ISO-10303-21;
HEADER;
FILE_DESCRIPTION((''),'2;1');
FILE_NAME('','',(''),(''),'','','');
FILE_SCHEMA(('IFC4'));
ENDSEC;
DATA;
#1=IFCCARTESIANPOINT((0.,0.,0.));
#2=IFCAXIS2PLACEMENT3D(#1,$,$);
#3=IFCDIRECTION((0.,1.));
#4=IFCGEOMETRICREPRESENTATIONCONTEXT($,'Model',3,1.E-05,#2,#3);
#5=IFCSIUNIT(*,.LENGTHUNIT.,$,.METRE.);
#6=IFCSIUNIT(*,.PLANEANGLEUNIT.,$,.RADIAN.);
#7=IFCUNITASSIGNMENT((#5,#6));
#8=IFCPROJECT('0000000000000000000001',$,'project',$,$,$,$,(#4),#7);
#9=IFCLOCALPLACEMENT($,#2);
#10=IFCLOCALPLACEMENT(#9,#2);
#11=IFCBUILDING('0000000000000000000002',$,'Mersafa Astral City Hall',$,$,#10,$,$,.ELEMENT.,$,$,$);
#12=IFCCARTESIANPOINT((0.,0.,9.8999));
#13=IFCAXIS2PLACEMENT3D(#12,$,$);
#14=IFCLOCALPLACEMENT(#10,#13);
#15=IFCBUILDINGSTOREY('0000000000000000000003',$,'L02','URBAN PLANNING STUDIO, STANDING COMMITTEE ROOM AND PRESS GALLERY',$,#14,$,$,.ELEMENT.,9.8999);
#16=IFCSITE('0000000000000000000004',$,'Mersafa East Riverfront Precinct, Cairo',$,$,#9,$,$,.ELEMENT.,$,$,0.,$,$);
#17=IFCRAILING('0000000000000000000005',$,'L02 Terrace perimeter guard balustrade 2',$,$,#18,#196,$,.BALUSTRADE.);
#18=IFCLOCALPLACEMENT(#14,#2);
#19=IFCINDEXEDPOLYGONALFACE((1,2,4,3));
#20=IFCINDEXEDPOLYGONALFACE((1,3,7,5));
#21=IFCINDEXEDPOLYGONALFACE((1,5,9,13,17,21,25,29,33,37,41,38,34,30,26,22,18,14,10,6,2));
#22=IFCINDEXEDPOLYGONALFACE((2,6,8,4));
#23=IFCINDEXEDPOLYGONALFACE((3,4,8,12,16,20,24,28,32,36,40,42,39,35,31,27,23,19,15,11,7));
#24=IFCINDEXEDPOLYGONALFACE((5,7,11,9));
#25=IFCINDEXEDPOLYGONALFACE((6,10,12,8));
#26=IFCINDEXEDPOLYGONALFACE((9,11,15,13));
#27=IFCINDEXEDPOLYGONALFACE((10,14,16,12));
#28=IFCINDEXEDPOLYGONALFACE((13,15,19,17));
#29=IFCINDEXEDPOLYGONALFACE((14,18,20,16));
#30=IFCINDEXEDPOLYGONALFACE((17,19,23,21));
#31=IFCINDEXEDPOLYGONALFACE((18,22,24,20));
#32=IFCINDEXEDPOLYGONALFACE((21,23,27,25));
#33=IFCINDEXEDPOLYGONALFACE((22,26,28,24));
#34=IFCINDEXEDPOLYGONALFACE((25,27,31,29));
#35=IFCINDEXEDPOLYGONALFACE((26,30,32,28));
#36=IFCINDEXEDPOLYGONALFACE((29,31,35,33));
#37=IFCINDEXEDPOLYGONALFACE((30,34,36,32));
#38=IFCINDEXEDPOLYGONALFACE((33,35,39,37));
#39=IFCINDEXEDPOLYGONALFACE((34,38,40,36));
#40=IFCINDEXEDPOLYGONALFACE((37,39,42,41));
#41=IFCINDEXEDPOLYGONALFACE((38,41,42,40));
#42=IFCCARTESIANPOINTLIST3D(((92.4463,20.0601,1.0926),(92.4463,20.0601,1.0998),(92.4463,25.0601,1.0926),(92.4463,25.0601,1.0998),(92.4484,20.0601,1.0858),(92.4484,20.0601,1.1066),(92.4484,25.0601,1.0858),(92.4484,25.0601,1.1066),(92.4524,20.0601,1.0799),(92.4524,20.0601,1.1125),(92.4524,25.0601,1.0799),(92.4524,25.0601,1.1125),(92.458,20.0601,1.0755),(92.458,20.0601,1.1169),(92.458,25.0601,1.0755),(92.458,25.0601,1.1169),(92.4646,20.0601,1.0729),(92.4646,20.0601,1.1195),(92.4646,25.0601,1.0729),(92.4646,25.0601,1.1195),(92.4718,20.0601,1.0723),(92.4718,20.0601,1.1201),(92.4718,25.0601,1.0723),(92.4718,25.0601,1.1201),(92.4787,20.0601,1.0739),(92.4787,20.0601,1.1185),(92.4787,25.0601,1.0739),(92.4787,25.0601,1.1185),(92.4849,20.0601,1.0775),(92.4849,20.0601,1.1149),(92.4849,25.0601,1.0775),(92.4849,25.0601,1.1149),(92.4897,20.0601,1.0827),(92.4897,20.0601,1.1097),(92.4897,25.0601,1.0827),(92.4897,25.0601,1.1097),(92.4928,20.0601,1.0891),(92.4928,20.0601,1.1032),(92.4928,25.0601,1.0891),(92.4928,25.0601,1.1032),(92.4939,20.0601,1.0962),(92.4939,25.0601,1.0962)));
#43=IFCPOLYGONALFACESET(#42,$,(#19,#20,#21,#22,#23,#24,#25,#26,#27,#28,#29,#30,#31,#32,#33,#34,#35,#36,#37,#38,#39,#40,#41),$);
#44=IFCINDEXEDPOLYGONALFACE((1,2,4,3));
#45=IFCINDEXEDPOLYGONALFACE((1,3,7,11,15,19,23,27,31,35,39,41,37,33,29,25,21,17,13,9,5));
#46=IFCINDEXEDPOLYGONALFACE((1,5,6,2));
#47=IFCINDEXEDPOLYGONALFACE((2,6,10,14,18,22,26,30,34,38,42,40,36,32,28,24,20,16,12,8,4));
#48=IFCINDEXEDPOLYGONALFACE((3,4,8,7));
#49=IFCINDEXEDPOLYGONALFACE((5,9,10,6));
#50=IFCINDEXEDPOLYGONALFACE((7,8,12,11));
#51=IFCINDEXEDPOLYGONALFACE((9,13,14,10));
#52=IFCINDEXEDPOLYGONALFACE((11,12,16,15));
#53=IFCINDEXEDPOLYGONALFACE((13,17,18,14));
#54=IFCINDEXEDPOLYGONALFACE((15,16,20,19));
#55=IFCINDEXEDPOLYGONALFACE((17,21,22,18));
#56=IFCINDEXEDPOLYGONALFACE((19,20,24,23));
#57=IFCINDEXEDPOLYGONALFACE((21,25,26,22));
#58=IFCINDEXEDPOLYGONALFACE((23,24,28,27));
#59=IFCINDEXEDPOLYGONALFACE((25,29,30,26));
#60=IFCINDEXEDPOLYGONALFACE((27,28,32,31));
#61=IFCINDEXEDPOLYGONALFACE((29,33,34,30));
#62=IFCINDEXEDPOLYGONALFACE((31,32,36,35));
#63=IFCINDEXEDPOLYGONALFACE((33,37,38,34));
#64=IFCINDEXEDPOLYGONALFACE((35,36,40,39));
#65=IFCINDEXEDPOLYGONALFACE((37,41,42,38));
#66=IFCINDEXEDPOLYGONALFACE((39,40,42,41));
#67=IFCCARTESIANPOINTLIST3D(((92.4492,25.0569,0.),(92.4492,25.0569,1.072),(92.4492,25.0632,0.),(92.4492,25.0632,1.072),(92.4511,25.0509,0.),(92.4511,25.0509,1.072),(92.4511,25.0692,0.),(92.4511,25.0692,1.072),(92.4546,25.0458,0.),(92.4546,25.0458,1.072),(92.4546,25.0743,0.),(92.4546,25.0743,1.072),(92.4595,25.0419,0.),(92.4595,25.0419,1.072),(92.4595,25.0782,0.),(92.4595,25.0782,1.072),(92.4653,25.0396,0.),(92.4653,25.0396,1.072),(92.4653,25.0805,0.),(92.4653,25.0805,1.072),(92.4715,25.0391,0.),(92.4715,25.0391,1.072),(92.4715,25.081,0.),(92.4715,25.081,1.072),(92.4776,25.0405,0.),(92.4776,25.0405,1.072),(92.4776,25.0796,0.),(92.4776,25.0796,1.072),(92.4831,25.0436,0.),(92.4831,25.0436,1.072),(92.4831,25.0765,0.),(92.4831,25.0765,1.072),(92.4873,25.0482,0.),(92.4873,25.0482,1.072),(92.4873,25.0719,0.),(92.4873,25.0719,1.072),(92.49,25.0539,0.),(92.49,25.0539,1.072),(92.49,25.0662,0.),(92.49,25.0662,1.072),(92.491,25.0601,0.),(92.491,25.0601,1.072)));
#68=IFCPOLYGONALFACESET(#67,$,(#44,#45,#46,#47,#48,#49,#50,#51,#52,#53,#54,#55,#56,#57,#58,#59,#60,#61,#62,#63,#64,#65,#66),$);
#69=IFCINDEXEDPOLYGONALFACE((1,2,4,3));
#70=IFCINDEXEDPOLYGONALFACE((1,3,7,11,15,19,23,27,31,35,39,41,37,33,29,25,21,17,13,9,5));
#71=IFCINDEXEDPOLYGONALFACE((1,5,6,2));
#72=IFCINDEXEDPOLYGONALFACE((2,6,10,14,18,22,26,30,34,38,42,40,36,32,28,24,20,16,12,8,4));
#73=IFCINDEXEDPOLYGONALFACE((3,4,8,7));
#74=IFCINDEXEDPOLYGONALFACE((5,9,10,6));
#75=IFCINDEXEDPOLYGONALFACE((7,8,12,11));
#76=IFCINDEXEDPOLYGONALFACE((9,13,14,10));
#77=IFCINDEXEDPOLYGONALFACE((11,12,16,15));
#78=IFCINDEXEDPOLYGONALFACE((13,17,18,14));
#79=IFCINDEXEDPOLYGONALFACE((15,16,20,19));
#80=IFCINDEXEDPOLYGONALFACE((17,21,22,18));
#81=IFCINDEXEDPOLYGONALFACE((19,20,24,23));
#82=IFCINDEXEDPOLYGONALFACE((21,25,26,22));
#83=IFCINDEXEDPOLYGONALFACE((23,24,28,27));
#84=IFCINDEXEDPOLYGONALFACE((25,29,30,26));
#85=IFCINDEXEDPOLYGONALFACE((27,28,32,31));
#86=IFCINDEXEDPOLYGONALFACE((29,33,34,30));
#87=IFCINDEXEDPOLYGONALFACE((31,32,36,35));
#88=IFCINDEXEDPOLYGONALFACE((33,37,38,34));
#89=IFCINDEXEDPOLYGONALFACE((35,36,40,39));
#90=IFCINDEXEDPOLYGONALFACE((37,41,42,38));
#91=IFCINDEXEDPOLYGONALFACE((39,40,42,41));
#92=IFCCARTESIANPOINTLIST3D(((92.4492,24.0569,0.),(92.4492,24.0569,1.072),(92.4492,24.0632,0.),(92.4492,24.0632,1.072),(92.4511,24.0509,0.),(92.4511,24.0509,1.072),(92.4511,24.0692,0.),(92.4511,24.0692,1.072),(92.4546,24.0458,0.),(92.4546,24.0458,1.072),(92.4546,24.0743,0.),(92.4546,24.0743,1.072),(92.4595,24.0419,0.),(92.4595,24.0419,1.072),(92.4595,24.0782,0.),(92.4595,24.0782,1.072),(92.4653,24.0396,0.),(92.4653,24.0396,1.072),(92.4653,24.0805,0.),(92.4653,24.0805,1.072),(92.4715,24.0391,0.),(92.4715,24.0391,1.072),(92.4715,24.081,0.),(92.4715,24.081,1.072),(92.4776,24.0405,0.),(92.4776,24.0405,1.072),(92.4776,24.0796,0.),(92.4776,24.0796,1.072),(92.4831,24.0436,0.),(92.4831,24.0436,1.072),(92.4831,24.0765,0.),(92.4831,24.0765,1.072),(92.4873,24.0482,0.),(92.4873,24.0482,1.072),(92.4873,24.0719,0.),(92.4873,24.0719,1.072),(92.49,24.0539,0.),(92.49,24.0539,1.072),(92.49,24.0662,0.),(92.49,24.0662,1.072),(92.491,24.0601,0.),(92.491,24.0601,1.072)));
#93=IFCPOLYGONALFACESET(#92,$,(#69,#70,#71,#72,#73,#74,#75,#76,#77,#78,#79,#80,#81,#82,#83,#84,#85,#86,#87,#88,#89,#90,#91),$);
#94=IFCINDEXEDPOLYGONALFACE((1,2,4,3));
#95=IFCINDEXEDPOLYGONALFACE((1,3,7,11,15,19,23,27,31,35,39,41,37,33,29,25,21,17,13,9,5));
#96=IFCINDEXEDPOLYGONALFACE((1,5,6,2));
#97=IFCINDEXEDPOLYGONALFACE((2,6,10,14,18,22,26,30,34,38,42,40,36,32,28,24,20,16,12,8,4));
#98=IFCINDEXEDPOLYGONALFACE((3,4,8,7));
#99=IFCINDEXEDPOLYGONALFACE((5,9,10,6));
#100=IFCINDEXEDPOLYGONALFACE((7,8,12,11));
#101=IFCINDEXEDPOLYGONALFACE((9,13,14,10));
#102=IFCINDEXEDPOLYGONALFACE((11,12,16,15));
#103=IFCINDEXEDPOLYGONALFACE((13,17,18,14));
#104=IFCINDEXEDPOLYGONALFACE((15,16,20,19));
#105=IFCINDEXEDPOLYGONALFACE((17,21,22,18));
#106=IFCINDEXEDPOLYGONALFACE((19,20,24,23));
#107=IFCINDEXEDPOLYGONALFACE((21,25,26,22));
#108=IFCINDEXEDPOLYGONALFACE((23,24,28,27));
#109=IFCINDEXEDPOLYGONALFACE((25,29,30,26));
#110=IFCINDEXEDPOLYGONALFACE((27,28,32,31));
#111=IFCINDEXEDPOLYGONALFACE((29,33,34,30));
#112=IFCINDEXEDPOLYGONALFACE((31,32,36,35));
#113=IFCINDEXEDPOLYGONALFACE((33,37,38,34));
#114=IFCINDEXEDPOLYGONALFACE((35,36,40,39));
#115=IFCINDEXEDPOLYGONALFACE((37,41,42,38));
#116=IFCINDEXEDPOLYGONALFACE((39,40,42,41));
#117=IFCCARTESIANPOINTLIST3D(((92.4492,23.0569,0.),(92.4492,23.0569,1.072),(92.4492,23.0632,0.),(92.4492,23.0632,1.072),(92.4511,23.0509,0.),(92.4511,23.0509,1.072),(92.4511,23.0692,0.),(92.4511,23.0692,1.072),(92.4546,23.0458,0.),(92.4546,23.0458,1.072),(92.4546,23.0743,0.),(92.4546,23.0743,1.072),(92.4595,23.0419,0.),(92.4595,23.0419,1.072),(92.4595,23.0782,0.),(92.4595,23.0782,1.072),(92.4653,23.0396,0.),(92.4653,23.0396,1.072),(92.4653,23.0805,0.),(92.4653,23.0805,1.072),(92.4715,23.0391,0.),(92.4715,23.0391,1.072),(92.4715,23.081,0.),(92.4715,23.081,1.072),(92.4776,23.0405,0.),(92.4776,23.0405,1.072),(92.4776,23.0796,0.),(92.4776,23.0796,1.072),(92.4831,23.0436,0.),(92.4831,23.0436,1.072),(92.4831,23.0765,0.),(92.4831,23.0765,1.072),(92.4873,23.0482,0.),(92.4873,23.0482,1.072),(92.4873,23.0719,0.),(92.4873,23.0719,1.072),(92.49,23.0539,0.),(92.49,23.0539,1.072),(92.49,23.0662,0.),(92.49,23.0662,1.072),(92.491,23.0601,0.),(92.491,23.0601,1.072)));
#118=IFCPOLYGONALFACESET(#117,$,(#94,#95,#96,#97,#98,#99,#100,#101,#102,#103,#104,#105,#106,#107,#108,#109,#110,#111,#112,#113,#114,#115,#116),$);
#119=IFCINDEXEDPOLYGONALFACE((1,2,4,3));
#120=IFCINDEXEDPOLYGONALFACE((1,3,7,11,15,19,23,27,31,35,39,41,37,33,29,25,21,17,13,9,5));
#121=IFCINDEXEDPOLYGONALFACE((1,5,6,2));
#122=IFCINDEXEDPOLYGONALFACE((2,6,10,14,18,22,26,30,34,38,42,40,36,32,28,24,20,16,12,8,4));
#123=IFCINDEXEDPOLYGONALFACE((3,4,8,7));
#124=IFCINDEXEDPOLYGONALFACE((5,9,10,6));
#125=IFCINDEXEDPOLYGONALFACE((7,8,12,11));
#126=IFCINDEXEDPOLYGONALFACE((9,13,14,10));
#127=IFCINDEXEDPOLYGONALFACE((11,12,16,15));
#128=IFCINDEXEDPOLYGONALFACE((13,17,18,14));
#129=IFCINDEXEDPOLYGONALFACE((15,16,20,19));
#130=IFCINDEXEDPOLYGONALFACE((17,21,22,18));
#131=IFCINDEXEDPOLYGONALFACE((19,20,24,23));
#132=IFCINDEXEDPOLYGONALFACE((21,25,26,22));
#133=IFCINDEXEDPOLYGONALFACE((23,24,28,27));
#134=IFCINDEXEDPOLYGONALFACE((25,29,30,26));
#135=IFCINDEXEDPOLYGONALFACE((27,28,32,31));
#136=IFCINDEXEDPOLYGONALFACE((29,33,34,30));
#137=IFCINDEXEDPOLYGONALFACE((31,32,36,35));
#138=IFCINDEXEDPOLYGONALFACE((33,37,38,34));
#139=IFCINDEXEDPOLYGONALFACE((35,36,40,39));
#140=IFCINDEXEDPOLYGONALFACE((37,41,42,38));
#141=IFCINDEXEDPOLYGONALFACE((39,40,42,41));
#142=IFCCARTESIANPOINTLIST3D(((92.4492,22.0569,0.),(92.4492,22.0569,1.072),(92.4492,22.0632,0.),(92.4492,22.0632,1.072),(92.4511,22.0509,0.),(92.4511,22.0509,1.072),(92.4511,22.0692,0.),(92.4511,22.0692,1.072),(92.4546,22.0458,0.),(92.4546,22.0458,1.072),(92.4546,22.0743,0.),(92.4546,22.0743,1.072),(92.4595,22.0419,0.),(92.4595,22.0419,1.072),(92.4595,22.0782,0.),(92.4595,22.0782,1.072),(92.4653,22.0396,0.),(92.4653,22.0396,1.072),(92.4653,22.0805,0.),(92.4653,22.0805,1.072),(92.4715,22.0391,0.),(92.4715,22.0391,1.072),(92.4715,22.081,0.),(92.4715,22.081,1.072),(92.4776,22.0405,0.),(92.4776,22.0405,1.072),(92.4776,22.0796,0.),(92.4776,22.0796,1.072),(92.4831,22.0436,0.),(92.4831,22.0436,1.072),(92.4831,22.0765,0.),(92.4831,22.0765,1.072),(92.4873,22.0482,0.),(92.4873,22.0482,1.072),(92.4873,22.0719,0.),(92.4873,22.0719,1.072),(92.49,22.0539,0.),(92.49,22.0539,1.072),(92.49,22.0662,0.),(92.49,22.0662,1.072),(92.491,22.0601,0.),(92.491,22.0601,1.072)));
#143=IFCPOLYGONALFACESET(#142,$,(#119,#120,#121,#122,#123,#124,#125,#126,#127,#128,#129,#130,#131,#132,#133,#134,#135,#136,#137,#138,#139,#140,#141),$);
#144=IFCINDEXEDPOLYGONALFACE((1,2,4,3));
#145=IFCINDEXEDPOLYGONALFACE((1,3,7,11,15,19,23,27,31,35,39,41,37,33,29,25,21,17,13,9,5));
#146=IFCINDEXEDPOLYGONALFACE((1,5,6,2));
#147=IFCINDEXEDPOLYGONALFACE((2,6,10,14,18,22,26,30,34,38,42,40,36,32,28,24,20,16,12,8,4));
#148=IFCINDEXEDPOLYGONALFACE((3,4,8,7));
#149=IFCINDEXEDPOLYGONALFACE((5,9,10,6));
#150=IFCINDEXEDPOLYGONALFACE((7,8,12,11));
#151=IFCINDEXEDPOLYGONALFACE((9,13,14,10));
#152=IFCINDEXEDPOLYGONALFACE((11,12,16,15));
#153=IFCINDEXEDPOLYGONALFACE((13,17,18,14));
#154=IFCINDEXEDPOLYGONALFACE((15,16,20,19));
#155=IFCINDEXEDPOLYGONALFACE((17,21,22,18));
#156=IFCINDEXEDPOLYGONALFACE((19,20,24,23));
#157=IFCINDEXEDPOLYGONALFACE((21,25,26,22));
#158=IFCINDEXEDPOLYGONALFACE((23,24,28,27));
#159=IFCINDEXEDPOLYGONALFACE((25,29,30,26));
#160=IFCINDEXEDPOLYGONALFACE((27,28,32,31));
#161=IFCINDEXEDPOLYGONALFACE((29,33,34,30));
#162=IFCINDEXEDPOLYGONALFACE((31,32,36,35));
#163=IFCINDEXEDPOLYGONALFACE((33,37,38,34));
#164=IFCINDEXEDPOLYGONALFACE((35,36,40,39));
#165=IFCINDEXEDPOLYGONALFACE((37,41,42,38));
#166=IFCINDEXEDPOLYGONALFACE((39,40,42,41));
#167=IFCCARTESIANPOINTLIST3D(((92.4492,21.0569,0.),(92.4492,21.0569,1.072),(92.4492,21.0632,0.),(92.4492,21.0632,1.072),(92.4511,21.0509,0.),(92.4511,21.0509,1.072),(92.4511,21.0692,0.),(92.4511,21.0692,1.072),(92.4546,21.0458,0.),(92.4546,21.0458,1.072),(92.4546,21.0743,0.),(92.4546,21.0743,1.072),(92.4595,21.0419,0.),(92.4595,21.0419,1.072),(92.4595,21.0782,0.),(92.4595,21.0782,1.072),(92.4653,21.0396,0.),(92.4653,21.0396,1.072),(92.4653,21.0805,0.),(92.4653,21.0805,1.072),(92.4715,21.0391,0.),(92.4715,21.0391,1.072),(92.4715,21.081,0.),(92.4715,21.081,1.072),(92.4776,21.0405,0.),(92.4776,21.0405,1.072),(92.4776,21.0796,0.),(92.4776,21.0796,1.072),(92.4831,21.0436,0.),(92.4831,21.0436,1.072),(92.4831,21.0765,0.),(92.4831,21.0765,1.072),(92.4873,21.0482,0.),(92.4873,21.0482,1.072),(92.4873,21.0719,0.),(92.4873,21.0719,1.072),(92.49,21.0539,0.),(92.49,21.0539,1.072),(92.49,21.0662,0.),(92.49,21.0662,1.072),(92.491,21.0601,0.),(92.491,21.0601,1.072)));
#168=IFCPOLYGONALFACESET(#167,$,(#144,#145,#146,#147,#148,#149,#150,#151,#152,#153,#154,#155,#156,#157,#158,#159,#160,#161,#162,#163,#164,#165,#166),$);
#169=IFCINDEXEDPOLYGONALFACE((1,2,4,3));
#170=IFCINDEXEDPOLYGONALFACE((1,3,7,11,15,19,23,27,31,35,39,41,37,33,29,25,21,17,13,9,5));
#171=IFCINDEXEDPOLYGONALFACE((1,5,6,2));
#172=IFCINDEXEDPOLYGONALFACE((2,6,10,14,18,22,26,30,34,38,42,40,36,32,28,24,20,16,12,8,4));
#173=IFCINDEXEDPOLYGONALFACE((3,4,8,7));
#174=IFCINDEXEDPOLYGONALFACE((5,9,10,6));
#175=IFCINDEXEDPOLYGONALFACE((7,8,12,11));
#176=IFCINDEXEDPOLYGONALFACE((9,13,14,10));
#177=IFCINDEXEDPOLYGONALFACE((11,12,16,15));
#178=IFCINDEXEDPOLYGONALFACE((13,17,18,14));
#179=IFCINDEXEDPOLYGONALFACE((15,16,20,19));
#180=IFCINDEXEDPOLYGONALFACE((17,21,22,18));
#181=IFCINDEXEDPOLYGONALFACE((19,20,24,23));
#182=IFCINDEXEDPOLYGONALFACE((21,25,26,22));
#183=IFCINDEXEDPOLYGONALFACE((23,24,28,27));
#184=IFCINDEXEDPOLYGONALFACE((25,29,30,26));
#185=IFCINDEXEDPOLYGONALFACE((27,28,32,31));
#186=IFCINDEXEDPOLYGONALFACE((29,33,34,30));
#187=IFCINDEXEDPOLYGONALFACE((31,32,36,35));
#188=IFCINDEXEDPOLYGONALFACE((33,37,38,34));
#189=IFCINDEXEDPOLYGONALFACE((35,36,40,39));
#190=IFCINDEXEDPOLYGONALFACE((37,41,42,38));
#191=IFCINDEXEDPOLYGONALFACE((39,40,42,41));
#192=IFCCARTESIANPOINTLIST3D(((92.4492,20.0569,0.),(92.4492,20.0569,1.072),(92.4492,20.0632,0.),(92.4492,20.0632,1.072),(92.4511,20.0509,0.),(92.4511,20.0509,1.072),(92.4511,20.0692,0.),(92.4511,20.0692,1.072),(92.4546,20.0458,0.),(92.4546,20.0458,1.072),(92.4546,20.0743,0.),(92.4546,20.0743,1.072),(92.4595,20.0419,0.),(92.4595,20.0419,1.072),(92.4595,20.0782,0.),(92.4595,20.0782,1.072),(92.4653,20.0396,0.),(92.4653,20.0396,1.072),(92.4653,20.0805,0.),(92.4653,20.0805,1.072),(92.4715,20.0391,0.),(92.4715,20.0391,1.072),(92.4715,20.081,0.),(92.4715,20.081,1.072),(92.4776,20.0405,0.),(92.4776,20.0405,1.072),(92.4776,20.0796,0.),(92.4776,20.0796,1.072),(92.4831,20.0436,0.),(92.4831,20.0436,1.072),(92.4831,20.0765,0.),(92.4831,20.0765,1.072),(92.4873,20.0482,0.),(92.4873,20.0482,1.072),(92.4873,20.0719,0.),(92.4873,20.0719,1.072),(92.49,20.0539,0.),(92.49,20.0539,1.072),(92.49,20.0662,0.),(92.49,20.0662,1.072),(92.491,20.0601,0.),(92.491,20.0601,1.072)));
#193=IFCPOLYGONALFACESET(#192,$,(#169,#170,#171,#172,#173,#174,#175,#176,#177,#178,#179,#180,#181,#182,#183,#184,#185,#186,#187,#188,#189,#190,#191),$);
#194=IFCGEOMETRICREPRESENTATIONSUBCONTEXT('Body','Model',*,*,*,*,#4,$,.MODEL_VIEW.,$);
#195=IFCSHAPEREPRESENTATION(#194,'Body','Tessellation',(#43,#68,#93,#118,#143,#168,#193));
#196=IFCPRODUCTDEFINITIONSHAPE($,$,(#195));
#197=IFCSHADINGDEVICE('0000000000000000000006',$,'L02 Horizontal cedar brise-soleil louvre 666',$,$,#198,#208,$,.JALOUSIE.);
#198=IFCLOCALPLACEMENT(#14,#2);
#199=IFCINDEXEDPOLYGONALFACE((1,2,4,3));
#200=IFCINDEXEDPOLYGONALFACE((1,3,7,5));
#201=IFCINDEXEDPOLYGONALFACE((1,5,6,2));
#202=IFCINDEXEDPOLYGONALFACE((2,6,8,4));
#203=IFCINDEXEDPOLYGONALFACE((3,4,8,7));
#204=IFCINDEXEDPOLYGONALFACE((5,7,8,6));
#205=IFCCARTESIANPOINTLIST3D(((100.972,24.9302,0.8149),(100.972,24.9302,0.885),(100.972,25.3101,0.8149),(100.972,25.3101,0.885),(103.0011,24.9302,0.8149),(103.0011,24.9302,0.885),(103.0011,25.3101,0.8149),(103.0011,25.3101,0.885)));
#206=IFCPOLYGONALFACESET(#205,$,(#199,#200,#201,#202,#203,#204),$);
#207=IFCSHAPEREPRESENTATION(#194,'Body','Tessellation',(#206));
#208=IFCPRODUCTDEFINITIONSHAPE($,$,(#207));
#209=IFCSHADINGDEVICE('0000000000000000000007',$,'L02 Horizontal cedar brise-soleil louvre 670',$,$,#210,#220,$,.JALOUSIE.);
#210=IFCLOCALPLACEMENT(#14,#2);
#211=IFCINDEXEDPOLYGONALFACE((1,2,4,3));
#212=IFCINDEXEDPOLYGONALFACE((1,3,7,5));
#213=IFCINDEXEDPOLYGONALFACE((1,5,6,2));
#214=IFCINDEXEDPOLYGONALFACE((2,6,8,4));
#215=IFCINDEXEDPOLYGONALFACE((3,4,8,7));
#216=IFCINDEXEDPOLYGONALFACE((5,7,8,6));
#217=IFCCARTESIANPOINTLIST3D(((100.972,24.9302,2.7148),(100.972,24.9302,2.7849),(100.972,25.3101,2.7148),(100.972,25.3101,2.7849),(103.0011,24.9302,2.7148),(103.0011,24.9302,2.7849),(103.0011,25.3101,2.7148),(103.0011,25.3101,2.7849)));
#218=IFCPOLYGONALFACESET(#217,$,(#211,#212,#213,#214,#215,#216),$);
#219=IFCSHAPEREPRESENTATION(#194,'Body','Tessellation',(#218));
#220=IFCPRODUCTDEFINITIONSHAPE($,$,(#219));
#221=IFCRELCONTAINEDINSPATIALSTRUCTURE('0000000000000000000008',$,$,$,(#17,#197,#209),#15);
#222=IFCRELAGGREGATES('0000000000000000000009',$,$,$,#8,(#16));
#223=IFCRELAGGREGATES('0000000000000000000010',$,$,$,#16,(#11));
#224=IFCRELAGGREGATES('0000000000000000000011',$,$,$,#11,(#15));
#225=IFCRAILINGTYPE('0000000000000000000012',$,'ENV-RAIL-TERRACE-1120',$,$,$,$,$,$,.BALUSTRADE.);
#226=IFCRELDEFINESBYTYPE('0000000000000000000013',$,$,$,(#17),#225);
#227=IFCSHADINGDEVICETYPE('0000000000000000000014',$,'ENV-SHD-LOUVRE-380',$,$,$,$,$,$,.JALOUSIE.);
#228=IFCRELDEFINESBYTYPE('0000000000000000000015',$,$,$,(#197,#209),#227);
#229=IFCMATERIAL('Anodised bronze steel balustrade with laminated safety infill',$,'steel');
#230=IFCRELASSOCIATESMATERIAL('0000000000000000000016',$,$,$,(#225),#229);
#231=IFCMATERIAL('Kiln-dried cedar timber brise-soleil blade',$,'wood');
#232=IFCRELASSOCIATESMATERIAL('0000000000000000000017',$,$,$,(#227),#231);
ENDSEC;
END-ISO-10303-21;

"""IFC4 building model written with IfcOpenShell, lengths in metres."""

from ifc_helpers import new_model, si_unit, direction, frame, origin, origin_2d, place, context, subcontext, project, spatial, rectangle, circle, extrude, material, type_object, element, save


model = new_model("IFC4")

# Units and contexts
model_context = context("Model", 3, precision=1e-05, world=origin(), true_north=direction((0.0, 1.0)))
body_context = subcontext(model_context, "Body", "Model", "MODEL_VIEW")
ifc_project = project(units=[si_unit("LENGTHUNIT", "METRE"), si_unit("PLANEANGLEUNIT", "RADIAN")], contexts=[model_context])

# Site, building, storey
site_placement = place(None, origin())
site = spatial("IfcSite", under=ifc_project, at=site_placement, Name="Mersafa East Riverfront Precinct, Cairo", CompositionType="ELEMENT", RefElevation=0.0)
building_placement = place(site_placement, origin())
building = spatial("IfcBuilding", under=site, at=building_placement, Name="Mersafa Astral City Hall", CompositionType="ELEMENT")
storey_placement = place(building_placement, frame((0.0, 0.0, 9.8999)))
storey = spatial("IfcBuildingStorey", under=building, at=storey_placement, Name="L02", Description="URBAN PLANNING STUDIO, STANDING COMMITTEE ROOM AND PRESS GALLERY", CompositionType="ELEMENT", Elevation=9.8999)

# Railing
ifc_material_1 = material(Name="Anodised bronze steel balustrade with laminated safety infill", Category="steel")
railing_type = type_object("IfcRailingType", Name="ENV-RAIL-TERRACE-1120", PredefinedType="BALUSTRADE", material=ifc_material_1)
railing_placement = place(storey_placement, frame((92.47, 25.0601, 0.0)))
element("IfcRailing", 1, at=railing_placement, inside=storey, type_object=railing_type, Name="L02 Terrace perimeter guard balustrade 2", PredefinedType="BALUSTRADE", context=body_context, shape_type="SweptSolid", body=[
    extrude(circle(Radius=0.0239, at=origin_2d()), frame((0.0, 0.0, 1.0962), z_axis=(0.0, -1.0, 0.0), x_axis=(1.0, 0.0, 0.0)), (0.0, 0.0, 1.0), 5.0),
    extrude(circle(Radius=0.021, at=origin_2d()), origin(), (0.0, 0.0, 1.0), 1.072),
    extrude(circle(Radius=0.021, at=origin_2d()), frame((0.0, -1.0, 0.0)), (0.0, 0.0, 1.0), 1.072),
    extrude(circle(Radius=0.021, at=origin_2d()), frame((0.0, -2.0, 0.0)), (0.0, 0.0, 1.0), 1.072),
    extrude(circle(Radius=0.021, at=origin_2d()), frame((0.0, -3.0, 0.0)), (0.0, 0.0, 1.0), 1.072),
    extrude(circle(Radius=0.021, at=origin_2d()), frame((0.0, -4.0, 0.0)), (0.0, 0.0, 1.0), 1.072),
    extrude(circle(Radius=0.021, at=origin_2d()), frame((0.0, -5.0, 0.0)), (0.0, 0.0, 1.0), 1.072),
])

# Shading devices
ifc_material_2 = material(Name="Kiln-dried cedar timber brise-soleil blade", Category="wood")
shading_device_type = type_object("IfcShadingDeviceType", Name="ENV-SHD-LOUVRE-380", PredefinedType="JALOUSIE", material=ifc_material_2)
for number, where, z_axis, x_axis, name in (
    (2, (101.9866, 25.1201, 0.8149), (0.0, 0.0, 1.0), (1.0, 0.0, 0.0), "L02 Horizontal cedar brise-soleil louvre 666"),
    (3, (101.9866, 25.1201, 2.7148), (0.0, 0.0, 1.0), (1.0, 0.0, 0.0), "L02 Horizontal cedar brise-soleil louvre 670"),
):
    element("IfcShadingDevice", number, at=place(storey_placement, frame(where, z_axis=z_axis, x_axis=x_axis)), inside=storey, type_object=shading_device_type, Name=name, PredefinedType="JALOUSIE", context=body_context, shape_type="SweptSolid", body=[
        extrude(rectangle(XDim=2.0291, YDim=0.3799, at=origin_2d()), origin(), (0.0, 0.0, 1.0), 0.0701),
    ])

save(model, "model.ifc")
